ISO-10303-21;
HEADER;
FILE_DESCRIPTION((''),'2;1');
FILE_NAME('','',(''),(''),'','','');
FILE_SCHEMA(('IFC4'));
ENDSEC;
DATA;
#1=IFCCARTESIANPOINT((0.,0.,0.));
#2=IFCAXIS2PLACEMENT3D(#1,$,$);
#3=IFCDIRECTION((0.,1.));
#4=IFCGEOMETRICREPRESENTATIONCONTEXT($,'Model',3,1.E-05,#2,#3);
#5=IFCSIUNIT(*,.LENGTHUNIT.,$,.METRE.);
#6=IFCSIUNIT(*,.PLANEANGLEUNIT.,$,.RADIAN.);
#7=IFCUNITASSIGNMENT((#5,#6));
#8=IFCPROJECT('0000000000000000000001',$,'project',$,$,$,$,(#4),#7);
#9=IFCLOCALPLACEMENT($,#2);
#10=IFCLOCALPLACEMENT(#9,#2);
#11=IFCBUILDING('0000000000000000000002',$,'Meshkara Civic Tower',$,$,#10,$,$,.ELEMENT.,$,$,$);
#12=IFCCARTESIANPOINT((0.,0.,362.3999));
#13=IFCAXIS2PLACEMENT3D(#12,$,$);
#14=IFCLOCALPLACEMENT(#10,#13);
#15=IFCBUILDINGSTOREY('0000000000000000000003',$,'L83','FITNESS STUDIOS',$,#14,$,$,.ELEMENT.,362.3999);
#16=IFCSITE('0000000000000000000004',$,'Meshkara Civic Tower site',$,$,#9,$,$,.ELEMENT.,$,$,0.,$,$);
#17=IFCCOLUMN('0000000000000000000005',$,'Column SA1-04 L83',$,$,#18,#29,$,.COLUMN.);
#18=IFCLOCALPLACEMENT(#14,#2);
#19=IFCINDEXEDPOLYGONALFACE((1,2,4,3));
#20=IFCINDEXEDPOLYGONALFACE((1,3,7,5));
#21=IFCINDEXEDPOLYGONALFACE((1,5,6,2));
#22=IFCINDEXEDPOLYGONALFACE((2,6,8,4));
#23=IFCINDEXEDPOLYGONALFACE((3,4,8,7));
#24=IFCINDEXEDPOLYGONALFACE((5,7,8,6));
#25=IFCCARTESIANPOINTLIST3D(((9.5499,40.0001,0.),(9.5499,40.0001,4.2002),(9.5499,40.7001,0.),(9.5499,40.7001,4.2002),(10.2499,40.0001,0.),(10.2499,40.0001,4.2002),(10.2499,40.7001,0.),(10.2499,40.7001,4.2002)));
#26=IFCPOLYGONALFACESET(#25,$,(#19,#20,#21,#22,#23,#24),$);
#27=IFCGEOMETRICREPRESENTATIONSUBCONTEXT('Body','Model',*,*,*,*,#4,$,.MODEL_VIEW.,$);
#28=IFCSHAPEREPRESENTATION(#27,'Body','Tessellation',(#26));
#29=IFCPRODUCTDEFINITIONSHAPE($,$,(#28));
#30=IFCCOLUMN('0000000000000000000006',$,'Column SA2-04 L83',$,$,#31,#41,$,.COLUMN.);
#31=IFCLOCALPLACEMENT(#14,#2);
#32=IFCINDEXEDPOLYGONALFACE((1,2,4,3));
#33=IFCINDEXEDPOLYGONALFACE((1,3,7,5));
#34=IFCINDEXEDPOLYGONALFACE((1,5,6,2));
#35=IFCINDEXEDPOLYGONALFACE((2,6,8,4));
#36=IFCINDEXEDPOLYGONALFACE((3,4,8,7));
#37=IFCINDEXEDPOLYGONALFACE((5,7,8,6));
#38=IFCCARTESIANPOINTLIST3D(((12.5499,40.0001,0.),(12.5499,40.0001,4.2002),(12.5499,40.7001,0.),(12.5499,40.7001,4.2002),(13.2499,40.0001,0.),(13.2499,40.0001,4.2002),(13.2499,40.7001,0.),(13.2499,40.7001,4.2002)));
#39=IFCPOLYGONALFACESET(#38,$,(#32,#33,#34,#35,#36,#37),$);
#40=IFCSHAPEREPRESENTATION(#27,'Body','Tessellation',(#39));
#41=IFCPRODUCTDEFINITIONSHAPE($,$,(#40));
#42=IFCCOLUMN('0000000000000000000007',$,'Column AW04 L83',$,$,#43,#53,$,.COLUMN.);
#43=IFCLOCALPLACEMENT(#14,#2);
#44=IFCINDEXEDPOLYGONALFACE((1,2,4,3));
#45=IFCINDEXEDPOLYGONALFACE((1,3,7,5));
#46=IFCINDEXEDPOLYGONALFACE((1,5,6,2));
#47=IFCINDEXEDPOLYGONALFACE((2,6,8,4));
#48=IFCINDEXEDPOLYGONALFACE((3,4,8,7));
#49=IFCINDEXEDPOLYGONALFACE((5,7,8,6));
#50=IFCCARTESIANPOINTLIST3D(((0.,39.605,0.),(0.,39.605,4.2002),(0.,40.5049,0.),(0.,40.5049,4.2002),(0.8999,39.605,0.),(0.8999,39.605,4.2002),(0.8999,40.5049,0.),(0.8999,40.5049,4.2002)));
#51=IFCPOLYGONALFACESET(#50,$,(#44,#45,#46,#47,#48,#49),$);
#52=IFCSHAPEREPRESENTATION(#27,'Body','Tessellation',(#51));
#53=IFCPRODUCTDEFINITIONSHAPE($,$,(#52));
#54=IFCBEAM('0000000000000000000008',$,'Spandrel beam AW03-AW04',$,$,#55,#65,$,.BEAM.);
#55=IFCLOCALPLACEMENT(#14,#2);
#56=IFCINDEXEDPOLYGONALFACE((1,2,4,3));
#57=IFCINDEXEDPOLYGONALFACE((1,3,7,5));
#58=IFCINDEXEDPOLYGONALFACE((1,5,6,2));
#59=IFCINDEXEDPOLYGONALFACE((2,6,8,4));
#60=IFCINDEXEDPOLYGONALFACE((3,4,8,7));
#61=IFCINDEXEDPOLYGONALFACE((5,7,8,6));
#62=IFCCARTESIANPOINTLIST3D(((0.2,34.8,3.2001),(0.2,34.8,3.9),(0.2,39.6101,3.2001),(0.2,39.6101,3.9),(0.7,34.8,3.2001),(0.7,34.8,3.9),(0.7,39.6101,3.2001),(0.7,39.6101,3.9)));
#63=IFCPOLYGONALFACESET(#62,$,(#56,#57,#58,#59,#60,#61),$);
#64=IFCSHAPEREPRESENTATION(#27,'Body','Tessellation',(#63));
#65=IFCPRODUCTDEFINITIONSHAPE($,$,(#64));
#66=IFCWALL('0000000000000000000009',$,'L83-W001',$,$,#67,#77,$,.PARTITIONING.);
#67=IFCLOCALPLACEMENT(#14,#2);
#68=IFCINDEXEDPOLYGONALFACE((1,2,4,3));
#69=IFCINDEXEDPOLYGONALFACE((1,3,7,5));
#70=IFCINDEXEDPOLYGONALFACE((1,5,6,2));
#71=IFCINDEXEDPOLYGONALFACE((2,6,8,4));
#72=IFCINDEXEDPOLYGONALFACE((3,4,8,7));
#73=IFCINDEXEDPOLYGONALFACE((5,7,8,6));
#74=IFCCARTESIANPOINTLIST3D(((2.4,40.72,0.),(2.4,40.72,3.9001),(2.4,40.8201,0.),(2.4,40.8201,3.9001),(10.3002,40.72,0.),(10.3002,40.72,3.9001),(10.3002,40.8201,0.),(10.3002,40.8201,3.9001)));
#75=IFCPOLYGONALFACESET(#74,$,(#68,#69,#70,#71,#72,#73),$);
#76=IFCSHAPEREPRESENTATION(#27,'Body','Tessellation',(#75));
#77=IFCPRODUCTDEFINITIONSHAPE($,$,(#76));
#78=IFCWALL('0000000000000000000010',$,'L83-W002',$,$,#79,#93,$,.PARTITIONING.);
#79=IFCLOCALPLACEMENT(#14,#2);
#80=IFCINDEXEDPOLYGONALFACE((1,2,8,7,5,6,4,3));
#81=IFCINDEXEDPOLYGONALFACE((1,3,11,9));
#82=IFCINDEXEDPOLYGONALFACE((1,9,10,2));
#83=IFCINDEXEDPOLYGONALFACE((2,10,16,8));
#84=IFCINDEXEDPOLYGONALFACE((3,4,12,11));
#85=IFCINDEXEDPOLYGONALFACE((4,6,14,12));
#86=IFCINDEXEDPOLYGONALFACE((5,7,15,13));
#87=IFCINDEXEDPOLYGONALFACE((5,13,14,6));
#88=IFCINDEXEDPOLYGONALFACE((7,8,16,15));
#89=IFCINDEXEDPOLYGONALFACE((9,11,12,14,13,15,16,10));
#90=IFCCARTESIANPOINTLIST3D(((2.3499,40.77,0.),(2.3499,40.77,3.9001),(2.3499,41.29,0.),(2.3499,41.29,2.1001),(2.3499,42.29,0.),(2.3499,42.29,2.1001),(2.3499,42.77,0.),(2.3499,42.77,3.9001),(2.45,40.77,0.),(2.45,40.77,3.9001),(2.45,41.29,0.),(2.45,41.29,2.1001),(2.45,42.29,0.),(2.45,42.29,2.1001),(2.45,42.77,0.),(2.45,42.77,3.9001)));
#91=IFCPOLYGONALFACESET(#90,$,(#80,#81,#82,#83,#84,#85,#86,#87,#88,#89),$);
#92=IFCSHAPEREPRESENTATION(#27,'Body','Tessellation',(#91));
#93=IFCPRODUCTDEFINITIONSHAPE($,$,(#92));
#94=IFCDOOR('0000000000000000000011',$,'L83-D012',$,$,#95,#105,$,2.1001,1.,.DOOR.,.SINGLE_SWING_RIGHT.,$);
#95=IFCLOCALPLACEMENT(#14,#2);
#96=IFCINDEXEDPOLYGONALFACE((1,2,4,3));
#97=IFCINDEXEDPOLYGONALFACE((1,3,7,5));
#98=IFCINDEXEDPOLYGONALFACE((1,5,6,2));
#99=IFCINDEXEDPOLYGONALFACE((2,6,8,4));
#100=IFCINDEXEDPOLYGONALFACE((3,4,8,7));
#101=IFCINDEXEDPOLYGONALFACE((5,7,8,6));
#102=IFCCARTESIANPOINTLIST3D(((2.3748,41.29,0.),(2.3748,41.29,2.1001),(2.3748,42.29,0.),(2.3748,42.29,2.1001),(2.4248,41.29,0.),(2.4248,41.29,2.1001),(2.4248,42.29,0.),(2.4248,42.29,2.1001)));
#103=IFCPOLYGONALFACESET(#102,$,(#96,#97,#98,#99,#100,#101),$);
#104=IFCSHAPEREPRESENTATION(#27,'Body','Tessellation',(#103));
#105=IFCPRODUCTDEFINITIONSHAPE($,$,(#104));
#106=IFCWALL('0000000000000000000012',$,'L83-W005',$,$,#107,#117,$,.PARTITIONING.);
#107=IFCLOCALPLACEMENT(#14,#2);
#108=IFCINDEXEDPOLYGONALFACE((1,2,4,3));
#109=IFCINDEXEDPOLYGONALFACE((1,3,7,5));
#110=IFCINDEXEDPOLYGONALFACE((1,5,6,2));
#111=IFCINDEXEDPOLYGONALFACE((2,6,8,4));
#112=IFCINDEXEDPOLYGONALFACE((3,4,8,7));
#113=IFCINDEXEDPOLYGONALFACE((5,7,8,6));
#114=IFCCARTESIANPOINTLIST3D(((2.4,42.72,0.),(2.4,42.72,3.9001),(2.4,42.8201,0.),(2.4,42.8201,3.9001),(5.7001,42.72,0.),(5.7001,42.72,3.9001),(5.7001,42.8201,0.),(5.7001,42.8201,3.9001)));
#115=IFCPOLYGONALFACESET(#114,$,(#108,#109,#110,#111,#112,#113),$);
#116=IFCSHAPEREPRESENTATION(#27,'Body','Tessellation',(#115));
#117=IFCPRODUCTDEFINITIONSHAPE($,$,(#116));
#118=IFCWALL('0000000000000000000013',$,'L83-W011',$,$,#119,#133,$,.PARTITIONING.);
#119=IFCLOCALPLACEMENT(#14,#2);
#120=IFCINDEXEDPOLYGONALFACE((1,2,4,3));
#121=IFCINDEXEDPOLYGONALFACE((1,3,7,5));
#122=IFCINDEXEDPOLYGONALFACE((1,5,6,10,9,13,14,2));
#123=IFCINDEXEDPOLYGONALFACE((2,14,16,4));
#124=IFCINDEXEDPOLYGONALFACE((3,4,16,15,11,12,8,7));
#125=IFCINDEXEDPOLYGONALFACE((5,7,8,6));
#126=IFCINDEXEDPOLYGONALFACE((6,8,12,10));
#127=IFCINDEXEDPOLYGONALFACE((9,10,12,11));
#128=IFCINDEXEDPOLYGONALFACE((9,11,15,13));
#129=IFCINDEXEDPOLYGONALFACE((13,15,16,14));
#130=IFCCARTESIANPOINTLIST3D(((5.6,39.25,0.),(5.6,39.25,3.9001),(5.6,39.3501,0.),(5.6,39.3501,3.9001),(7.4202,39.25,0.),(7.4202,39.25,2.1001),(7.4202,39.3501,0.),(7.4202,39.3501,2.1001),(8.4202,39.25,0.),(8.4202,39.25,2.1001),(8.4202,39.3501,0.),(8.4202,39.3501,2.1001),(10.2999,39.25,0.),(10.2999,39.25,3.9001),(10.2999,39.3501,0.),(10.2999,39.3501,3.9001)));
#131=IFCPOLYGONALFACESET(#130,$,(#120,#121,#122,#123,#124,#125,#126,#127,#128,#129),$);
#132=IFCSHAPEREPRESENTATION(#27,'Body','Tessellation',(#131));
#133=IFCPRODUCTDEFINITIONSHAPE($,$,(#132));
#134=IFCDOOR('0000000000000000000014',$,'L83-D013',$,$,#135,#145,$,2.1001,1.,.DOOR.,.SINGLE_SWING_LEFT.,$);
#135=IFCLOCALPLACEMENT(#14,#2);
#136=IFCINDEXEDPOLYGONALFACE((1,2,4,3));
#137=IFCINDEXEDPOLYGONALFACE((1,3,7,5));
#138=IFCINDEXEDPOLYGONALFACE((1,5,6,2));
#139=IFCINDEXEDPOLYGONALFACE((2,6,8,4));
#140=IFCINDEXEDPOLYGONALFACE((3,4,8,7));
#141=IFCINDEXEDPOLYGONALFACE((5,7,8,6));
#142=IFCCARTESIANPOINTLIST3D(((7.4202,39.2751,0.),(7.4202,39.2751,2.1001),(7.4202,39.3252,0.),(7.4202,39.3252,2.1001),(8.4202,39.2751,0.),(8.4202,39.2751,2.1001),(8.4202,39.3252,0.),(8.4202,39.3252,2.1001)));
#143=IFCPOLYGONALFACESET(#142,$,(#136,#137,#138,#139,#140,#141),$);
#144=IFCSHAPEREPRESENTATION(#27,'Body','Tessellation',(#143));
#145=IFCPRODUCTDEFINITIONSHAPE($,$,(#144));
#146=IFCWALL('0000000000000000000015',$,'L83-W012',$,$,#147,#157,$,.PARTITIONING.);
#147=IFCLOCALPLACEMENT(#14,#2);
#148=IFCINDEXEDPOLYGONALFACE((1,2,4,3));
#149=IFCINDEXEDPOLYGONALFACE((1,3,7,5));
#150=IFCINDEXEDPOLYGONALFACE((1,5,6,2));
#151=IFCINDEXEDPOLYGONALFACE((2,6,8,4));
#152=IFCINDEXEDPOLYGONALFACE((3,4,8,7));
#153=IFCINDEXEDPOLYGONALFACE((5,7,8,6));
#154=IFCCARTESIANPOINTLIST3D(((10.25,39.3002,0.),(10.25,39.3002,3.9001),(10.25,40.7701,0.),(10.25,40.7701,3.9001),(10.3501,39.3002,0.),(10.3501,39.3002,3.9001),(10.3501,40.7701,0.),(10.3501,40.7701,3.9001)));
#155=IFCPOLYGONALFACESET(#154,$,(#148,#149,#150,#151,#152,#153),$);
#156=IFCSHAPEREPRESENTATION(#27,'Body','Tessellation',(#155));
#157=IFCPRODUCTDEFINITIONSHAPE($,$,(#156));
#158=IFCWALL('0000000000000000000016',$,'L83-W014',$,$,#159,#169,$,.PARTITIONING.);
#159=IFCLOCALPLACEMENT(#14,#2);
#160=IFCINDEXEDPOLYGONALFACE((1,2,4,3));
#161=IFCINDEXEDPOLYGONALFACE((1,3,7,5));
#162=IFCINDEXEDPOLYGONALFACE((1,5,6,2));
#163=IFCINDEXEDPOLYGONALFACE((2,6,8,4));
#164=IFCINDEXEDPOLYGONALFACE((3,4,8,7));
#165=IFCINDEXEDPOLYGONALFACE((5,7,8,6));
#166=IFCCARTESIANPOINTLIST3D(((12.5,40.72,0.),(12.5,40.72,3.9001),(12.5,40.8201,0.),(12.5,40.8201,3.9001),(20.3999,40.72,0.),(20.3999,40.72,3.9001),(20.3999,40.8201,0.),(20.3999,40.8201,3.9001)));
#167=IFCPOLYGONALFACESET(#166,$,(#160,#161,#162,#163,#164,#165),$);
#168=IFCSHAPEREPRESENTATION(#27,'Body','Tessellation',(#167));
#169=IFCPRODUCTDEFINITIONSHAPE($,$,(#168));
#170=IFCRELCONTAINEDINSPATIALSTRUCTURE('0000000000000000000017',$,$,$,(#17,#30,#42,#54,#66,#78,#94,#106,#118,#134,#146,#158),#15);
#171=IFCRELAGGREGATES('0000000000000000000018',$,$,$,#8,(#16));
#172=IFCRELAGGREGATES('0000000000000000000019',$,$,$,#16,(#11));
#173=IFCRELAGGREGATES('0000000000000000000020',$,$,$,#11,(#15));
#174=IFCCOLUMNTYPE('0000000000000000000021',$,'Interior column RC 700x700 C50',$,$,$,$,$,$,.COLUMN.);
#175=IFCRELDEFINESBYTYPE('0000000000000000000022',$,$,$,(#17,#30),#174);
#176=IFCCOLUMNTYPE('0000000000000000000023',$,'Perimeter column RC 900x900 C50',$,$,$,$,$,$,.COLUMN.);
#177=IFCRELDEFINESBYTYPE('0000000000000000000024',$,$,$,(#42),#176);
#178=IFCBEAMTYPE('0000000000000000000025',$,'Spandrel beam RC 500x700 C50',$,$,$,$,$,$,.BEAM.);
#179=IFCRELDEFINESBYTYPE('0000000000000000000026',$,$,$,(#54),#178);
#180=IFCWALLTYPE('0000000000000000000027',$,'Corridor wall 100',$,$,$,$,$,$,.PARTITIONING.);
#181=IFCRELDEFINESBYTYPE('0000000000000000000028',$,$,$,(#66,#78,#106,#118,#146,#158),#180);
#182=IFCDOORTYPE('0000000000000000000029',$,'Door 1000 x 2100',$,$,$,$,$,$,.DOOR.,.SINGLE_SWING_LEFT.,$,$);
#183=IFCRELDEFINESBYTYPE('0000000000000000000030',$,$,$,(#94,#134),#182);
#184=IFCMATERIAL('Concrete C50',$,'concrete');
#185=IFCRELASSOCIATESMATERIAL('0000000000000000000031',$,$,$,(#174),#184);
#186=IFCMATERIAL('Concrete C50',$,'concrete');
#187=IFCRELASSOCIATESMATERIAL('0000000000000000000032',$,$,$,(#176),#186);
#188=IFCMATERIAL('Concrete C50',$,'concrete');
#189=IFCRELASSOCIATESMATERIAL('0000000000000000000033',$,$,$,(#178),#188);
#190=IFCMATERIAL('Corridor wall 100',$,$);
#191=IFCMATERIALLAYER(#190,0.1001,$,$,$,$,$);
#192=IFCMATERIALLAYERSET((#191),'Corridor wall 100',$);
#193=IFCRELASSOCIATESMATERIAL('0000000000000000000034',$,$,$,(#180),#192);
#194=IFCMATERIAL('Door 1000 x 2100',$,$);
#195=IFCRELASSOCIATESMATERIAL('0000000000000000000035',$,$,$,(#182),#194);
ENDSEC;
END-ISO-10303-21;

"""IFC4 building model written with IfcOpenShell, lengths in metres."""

from ifc_helpers import new_model, si_unit, direction, frame, frame_2d, origin, origin_2d, place, context, subcontext, project, spatial, rectangle, extrude, material, layer, layer_set, material_profile, profile_set, type_object, element, fill, save


model = new_model("IFC4")

# Units and contexts
model_context = context("Model", 3, precision=1e-05, world=origin(), true_north=direction((0.0, 1.0)))
body_context = subcontext(model_context, "Body", "Model", "MODEL_VIEW")
ifc_project = project(units=[si_unit("LENGTHUNIT", "METRE"), si_unit("PLANEANGLEUNIT", "RADIAN")], contexts=[model_context])

# Site, building, storey
site_placement = place(None, origin())
site = spatial("IfcSite", under=ifc_project, at=site_placement, Name="Meshkara Civic Tower site", CompositionType="ELEMENT", RefElevation=0.0)
building_placement = place(site_placement, origin())
building = spatial("IfcBuilding", under=site, at=building_placement, Name="Meshkara Civic Tower", CompositionType="ELEMENT")
storey_placement = place(building_placement, frame((0.0, 0.0, 362.3999)))
storey = spatial("IfcBuildingStorey", under=building, at=storey_placement, Name="L83", Description="FITNESS STUDIOS", CompositionType="ELEMENT", Elevation=362.3999)

# Columns
ifc_material_1 = material(Name="Concrete C50", Category="concrete")
ifc_material_profile_1 = material_profile(ifc_material_1, rectangle(XDim=0.7, YDim=0.7, at=origin_2d()))
ifc_profile_set_1 = profile_set([ifc_material_profile_1], Name="Concrete C50")
column_type_1 = type_object("IfcColumnType", Name="Interior column RC 700x700 C50", PredefinedType="COLUMN", material=ifc_profile_set_1)
for number, where, z_axis, x_axis, name in (
    (1, (9.8999, 40.3501, 0.0), (0.0, 0.0, 1.0), (1.0, 0.0, 0.0), "Column SA1-04 L83"),
    (2, (12.8999, 40.3501, 0.0), (0.0, 0.0, 1.0), (1.0, 0.0, 0.0), "Column SA2-04 L83"),
):
    element("IfcColumn", number, at=place(storey_placement, frame(where, z_axis=z_axis, x_axis=x_axis)), inside=storey, type_object=column_type_1, Name=name, PredefinedType="COLUMN", context=body_context, shape_type="SweptSolid", body=[
        extrude(rectangle(XDim=0.7, YDim=0.7, at=origin_2d()), origin(), (0.0, 0.0, 1.0), 4.2002),
    ])
ifc_material_2 = material(Name="Concrete C50", Category="concrete")
ifc_material_profile_2 = material_profile(ifc_material_2, rectangle(XDim=0.8999, YDim=0.8999, at=origin_2d()))
ifc_profile_set_2 = profile_set([ifc_material_profile_2], Name="Concrete C50")
column_type_2 = type_object("IfcColumnType", Name="Perimeter column RC 900x900 C50", PredefinedType="COLUMN", material=ifc_profile_set_2)
column_placement = place(storey_placement, frame((0.45, 40.0549, 0.0), z_axis=(0.0, 0.0, 1.0), x_axis=(1.0, 0.0, 0.0)))
element("IfcColumn", 3, at=column_placement, inside=storey, type_object=column_type_2, Name="Column AW04 L83", PredefinedType="COLUMN", context=body_context, shape_type="SweptSolid", body=[
    extrude(rectangle(XDim=0.8999, YDim=0.8999, at=origin_2d()), origin(), (0.0, 0.0, 1.0), 4.2002),
])

# Beam
ifc_material_3 = material(Name="Concrete C50", Category="concrete")
ifc_material_profile_3 = material_profile(ifc_material_3, rectangle(XDim=0.5, YDim=0.7, at=origin_2d()))
ifc_profile_set_3 = profile_set([ifc_material_profile_3], Name="Concrete C50")
beam_type = type_object("IfcBeamType", Name="Spandrel beam RC 500x700 C50", PredefinedType="BEAM", material=ifc_profile_set_3)
beam_placement = place(storey_placement, frame((0.45, 39.6101, 3.55), z_axis=(0.0, -1.0, 0.0), x_axis=(1.0, 0.0, 0.0)))
element("IfcBeam", 4, at=beam_placement, inside=storey, type_object=beam_type, Name="Spandrel beam AW03-AW04", PredefinedType="BEAM", context=body_context, shape_type="SweptSolid", body=[
    extrude(rectangle(XDim=0.5, YDim=0.7, at=origin_2d()), origin(), (0.0, 0.0, 1.0), 4.8101),
])

# Wall
ifc_material_4 = material(Name="Corridor wall 100")
ifc_layer_1 = layer(ifc_material_4, 0.1001)
ifc_layer_set_1 = layer_set([ifc_layer_1], Name="Corridor wall 100")
wall_type_1 = type_object("IfcWallType", Name="Corridor wall 100", PredefinedType="PARTITIONING", material=ifc_layer_set_1)
wall_1_placement = place(storey_placement, frame((2.3999, 40.77, 0.0), z_axis=(0.0, 0.0, 1.0), x_axis=(1.0, 0.0, 0.0)))
element("IfcWall", 5, at=wall_1_placement, inside=storey, type_object=wall_type_1, Name="L83-W001", PredefinedType="PARTITIONING", context=body_context, shape_type="SweptSolid", body=[
    extrude(rectangle(XDim=7.9001, YDim=0.1001, at=frame_2d((3.9502, 0.0))), origin(), (0.0, 0.0, 1.0), 3.9001),
])

# Wall, opening, door
wall_2_placement = place(storey_placement, frame((2.3999, 42.77, 0.0), z_axis=(0.0, 0.0, 1.0), x_axis=(0.0, -1.0, 0.0)))
wall_2 = element("IfcWall", 6, at=wall_2_placement, inside=storey, type_object=wall_type_1, Name="L83-W002", PredefinedType="PARTITIONING", context=body_context, shape_type="SweptSolid", body=[
    extrude(rectangle(XDim=2.0, YDim=0.1001, at=frame_2d((1.0, 0.0))), origin(), (0.0, 0.0, 1.0), 3.9001),
])
opening_1_placement = place(wall_2_placement, frame((0.48, 0.0, 0.0)))
opening_1 = element("IfcOpeningElement", 7, at=opening_1_placement, cuts=wall_2, PredefinedType="OPENING", context=body_context, shape_type="SweptSolid", body=[
    extrude(rectangle(XDim=1.0, YDim=2.1001, at=frame_2d((0.5, 1.05))), frame((0.0, 0.0601, 0.0), z_axis=(0.0, -1.0, 0.0), x_axis=(1.0, 0.0, 0.0)), (0.0, 0.0, 1.0), 0.1201),
])
ifc_material_5 = material(Name="Door 1000 x 2100")
door_type_1 = type_object("IfcDoorType", Name="Door 1000 x 2100", OperationType="SINGLE_SWING_LEFT", PredefinedType="DOOR", material=ifc_material_5)
door_1_placement = place(opening_1_placement, origin())
door_1 = element("IfcDoor", 8, at=door_1_placement, inside=storey, type_object=door_type_1, Name="L83-D012", OperationType="SINGLE_SWING_RIGHT", OverallHeight=2.1001, OverallWidth=1.0, PredefinedType="DOOR", context=body_context, shape_type="SweptSolid", body=[
    extrude(rectangle(XDim=1.0, YDim=2.1001, at=frame_2d((0.5, 1.05))), frame((0.0, 0.0249, 0.0), z_axis=(0.0, -1.0, 0.0), x_axis=(1.0, 0.0, 0.0)), (0.0, 0.0, 1.0), 0.05),
])
fill(opening_1, door_1)

# Wall
wall_3_placement = place(storey_placement, frame((5.7, 42.77, 0.0), z_axis=(0.0, 0.0, 1.0), x_axis=(-1.0, 0.0, 0.0)))
element("IfcWall", 9, at=wall_3_placement, inside=storey, type_object=wall_type_1, Name="L83-W005", PredefinedType="PARTITIONING", context=body_context, shape_type="SweptSolid", body=[
    extrude(rectangle(XDim=3.3, YDim=0.1001, at=frame_2d((1.6499, 0.0))), origin(), (0.0, 0.0, 1.0), 3.9001),
])

# Wall, opening, door
wall_4_placement = place(storey_placement, frame((10.3, 39.3, 0.0), z_axis=(0.0, 0.0, 1.0), x_axis=(-1.0, 0.0, 0.0)))
wall_4 = element("IfcWall", 10, at=wall_4_placement, inside=storey, type_object=wall_type_1, Name="L83-W011", PredefinedType="PARTITIONING", context=body_context, shape_type="SweptSolid", body=[
    extrude(rectangle(XDim=4.7, YDim=0.1001, at=frame_2d((2.3501, 0.0))), origin(), (0.0, 0.0, 1.0), 3.9001),
])
opening_2_placement = place(wall_4_placement, frame((1.8799, 0.0, 0.0)))
opening_2 = element("IfcOpeningElement", 11, at=opening_2_placement, cuts=wall_4, PredefinedType="OPENING", context=body_context, shape_type="SweptSolid", body=[
    extrude(rectangle(XDim=1.0, YDim=2.1001, at=frame_2d((0.5, 1.05))), frame((0.0, 0.0601, 0.0), z_axis=(0.0, -1.0, 0.0), x_axis=(1.0, 0.0, 0.0)), (0.0, 0.0, 1.0), 0.1201),
])
door_2_placement = place(opening_2_placement, origin())
door_2 = element("IfcDoor", 12, at=door_2_placement, inside=storey, type_object=door_type_1, Name="L83-D013", OperationType="SINGLE_SWING_LEFT", OverallHeight=2.1001, OverallWidth=1.0, PredefinedType="DOOR", context=body_context, shape_type="SweptSolid", body=[
    extrude(rectangle(XDim=1.0, YDim=2.1001, at=frame_2d((0.5, 1.05))), frame((0.0, 0.0249, 0.0), z_axis=(0.0, -1.0, 0.0), x_axis=(1.0, 0.0, 0.0)), (0.0, 0.0, 1.0), 0.05),
])
fill(opening_2, door_2)

# Walls
wall_5_placement = place(storey_placement, frame((10.3, 40.77, 0.0), z_axis=(0.0, 0.0, 1.0), x_axis=(0.0, -1.0, 0.0)))
element("IfcWall", 13, at=wall_5_placement, inside=storey, type_object=wall_type_1, Name="L83-W012", PredefinedType="PARTITIONING", context=body_context, shape_type="SweptSolid", body=[
    extrude(rectangle(XDim=1.47, YDim=0.1001, at=frame_2d((0.7349, 0.0))), origin(), (0.0, 0.0, 1.0), 3.9001),
])
wall_6_placement = place(storey_placement, frame((12.5, 40.77, 0.0), z_axis=(0.0, 0.0, 1.0), x_axis=(1.0, 0.0, 0.0)))
element("IfcWall", 14, at=wall_6_placement, inside=storey, type_object=wall_type_1, Name="L83-W014", PredefinedType="PARTITIONING", context=body_context, shape_type="SweptSolid", body=[
    extrude(rectangle(XDim=7.8999, YDim=0.1001, at=frame_2d((3.95, 0.0))), origin(), (0.0, 0.0, 1.0), 3.9001),
])

save(model, "model.ifc")
